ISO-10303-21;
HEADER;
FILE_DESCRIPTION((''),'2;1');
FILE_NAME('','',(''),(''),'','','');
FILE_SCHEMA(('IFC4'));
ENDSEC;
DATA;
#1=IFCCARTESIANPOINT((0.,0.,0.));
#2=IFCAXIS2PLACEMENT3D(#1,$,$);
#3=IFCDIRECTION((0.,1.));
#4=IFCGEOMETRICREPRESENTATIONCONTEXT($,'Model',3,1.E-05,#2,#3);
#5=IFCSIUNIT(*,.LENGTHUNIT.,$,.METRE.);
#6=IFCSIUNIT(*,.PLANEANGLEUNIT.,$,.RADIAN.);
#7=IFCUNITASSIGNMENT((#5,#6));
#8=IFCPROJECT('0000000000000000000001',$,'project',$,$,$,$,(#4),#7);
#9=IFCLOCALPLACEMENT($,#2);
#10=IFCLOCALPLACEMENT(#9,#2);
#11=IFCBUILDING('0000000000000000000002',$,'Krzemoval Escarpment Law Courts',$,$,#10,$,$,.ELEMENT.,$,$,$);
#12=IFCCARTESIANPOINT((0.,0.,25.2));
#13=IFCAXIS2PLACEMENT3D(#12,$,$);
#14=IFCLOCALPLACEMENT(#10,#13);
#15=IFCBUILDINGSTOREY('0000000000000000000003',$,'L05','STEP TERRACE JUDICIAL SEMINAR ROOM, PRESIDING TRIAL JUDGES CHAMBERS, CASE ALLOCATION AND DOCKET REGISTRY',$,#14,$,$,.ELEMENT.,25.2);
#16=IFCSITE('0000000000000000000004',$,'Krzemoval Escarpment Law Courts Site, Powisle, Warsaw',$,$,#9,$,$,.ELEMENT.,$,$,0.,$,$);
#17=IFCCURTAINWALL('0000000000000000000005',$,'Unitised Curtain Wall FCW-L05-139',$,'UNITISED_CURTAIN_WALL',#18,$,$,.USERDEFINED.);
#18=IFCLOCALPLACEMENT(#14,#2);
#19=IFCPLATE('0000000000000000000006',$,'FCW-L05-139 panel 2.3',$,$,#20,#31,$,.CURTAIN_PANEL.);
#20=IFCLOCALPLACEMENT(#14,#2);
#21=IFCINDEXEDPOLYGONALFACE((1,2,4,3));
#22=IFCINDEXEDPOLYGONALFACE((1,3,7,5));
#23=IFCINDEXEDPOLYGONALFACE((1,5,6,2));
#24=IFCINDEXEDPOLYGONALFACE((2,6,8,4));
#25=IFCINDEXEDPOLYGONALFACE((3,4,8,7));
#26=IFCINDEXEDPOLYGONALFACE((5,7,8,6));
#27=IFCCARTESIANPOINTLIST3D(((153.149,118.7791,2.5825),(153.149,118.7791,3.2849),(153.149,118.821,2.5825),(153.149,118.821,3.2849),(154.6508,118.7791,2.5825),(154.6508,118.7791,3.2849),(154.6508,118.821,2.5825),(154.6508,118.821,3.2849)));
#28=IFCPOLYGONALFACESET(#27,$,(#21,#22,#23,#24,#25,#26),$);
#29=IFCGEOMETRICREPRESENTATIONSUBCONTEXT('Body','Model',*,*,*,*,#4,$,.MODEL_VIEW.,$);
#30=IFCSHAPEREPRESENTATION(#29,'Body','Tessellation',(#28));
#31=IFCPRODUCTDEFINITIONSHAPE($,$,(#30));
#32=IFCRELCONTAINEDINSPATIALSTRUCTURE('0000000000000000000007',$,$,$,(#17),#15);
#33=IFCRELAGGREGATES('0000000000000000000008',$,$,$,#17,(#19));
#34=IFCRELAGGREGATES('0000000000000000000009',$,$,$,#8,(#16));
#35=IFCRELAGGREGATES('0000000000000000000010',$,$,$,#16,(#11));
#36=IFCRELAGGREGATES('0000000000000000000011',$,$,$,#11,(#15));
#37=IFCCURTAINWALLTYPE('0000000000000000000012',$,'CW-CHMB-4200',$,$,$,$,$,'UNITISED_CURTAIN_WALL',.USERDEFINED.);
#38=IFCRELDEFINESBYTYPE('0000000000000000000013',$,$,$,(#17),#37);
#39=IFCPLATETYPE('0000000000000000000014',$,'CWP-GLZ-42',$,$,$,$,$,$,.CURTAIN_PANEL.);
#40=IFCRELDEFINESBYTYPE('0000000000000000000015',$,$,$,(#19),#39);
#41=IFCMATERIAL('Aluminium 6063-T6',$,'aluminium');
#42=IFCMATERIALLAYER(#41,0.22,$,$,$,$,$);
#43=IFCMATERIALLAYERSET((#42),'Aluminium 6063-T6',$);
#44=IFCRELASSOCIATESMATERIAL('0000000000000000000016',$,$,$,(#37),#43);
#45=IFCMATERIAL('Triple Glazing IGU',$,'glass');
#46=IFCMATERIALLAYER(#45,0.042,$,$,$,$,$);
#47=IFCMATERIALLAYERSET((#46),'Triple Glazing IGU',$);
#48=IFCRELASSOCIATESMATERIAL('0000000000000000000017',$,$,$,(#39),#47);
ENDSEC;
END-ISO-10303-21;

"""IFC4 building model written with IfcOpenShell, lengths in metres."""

from ifc_helpers import new_model, si_unit, direction, frame, origin, origin_2d, place, context, subcontext, project, spatial, rectangle, extrude, material, layer, layer_set, type_object, element, aggregate, save


model = new_model("IFC4")

# Units and contexts
model_context = context("Model", 3, precision=1e-05, world=origin(), true_north=direction((0.0, 1.0)))
body_context = subcontext(model_context, "Body", "Model", "MODEL_VIEW")
ifc_project = project(units=[si_unit("LENGTHUNIT", "METRE"), si_unit("PLANEANGLEUNIT", "RADIAN")], contexts=[model_context])

# Site, building, storey
site_placement = place(None, origin())
site = spatial("IfcSite", under=ifc_project, at=site_placement, Name="Krzemoval Escarpment Law Courts Site, Powisle, Warsaw", CompositionType="ELEMENT", RefElevation=0.0)
building_placement = place(site_placement, origin())
building = spatial("IfcBuilding", under=site, at=building_placement, Name="Krzemoval Escarpment Law Courts", CompositionType="ELEMENT")
storey_placement = place(building_placement, frame((0.0, 0.0, 25.2)))
storey = spatial("IfcBuildingStorey", under=building, at=storey_placement, Name="L05", Description="STEP TERRACE JUDICIAL SEMINAR ROOM, PRESIDING TRIAL JUDGES CHAMBERS, CASE ALLOCATION AND DOCKET REGISTRY", CompositionType="ELEMENT", Elevation=25.2)

# Shared definitions
ifc_material_1 = material(Name="Aluminium 6063-T6", Category="aluminium")
ifc_layer_1 = layer(ifc_material_1, 0.22)
ifc_layer_set_1 = layer_set([ifc_layer_1], Name="Aluminium 6063-T6")
curtain_wall_type = type_object("IfcCurtainWallType", Name="CW-CHMB-4200", ElementType="UNITISED_CURTAIN_WALL", PredefinedType="USERDEFINED", material=ifc_layer_set_1)

# Curtain wall
curtain_wall_1_placement = place(storey_placement, origin())
curtain_wall_1 = element("IfcCurtainWall", 1, at=curtain_wall_1_placement, inside=storey, type_object=curtain_wall_type, Name="Unitised Curtain Wall FCW-L05-139", ObjectType="UNITISED_CURTAIN_WALL", PredefinedType="USERDEFINED")

# Plate
ifc_material_2 = material(Name="Triple Glazing IGU", Category="glass")
ifc_layer_2 = layer(ifc_material_2, 0.042)
ifc_layer_set_2 = layer_set([ifc_layer_2], Name="Triple Glazing IGU")
plate_type = type_object("IfcPlateType", Name="CWP-GLZ-42", PredefinedType="CURTAIN_PANEL", material=ifc_layer_set_2)
plate_1_placement = place(storey_placement, frame((153.8999, 118.8, 2.5825), z_axis=(0.0, 0.0, 1.0), x_axis=(1.0, 0.0, 0.0)))
plate_1 = element("IfcPlate", 2, at=plate_1_placement, type_object=plate_type, Name="FCW-L05-139 panel 2.3", PredefinedType="CURTAIN_PANEL", context=body_context, shape_type="SweptSolid", body=[
    extrude(rectangle(XDim=1.5017, YDim=0.042, at=origin_2d()), origin(), (0.0, 0.0, 1.0), 0.7024),
])
aggregate(curtain_wall_1, [plate_1])

save(model, "model.ifc")
